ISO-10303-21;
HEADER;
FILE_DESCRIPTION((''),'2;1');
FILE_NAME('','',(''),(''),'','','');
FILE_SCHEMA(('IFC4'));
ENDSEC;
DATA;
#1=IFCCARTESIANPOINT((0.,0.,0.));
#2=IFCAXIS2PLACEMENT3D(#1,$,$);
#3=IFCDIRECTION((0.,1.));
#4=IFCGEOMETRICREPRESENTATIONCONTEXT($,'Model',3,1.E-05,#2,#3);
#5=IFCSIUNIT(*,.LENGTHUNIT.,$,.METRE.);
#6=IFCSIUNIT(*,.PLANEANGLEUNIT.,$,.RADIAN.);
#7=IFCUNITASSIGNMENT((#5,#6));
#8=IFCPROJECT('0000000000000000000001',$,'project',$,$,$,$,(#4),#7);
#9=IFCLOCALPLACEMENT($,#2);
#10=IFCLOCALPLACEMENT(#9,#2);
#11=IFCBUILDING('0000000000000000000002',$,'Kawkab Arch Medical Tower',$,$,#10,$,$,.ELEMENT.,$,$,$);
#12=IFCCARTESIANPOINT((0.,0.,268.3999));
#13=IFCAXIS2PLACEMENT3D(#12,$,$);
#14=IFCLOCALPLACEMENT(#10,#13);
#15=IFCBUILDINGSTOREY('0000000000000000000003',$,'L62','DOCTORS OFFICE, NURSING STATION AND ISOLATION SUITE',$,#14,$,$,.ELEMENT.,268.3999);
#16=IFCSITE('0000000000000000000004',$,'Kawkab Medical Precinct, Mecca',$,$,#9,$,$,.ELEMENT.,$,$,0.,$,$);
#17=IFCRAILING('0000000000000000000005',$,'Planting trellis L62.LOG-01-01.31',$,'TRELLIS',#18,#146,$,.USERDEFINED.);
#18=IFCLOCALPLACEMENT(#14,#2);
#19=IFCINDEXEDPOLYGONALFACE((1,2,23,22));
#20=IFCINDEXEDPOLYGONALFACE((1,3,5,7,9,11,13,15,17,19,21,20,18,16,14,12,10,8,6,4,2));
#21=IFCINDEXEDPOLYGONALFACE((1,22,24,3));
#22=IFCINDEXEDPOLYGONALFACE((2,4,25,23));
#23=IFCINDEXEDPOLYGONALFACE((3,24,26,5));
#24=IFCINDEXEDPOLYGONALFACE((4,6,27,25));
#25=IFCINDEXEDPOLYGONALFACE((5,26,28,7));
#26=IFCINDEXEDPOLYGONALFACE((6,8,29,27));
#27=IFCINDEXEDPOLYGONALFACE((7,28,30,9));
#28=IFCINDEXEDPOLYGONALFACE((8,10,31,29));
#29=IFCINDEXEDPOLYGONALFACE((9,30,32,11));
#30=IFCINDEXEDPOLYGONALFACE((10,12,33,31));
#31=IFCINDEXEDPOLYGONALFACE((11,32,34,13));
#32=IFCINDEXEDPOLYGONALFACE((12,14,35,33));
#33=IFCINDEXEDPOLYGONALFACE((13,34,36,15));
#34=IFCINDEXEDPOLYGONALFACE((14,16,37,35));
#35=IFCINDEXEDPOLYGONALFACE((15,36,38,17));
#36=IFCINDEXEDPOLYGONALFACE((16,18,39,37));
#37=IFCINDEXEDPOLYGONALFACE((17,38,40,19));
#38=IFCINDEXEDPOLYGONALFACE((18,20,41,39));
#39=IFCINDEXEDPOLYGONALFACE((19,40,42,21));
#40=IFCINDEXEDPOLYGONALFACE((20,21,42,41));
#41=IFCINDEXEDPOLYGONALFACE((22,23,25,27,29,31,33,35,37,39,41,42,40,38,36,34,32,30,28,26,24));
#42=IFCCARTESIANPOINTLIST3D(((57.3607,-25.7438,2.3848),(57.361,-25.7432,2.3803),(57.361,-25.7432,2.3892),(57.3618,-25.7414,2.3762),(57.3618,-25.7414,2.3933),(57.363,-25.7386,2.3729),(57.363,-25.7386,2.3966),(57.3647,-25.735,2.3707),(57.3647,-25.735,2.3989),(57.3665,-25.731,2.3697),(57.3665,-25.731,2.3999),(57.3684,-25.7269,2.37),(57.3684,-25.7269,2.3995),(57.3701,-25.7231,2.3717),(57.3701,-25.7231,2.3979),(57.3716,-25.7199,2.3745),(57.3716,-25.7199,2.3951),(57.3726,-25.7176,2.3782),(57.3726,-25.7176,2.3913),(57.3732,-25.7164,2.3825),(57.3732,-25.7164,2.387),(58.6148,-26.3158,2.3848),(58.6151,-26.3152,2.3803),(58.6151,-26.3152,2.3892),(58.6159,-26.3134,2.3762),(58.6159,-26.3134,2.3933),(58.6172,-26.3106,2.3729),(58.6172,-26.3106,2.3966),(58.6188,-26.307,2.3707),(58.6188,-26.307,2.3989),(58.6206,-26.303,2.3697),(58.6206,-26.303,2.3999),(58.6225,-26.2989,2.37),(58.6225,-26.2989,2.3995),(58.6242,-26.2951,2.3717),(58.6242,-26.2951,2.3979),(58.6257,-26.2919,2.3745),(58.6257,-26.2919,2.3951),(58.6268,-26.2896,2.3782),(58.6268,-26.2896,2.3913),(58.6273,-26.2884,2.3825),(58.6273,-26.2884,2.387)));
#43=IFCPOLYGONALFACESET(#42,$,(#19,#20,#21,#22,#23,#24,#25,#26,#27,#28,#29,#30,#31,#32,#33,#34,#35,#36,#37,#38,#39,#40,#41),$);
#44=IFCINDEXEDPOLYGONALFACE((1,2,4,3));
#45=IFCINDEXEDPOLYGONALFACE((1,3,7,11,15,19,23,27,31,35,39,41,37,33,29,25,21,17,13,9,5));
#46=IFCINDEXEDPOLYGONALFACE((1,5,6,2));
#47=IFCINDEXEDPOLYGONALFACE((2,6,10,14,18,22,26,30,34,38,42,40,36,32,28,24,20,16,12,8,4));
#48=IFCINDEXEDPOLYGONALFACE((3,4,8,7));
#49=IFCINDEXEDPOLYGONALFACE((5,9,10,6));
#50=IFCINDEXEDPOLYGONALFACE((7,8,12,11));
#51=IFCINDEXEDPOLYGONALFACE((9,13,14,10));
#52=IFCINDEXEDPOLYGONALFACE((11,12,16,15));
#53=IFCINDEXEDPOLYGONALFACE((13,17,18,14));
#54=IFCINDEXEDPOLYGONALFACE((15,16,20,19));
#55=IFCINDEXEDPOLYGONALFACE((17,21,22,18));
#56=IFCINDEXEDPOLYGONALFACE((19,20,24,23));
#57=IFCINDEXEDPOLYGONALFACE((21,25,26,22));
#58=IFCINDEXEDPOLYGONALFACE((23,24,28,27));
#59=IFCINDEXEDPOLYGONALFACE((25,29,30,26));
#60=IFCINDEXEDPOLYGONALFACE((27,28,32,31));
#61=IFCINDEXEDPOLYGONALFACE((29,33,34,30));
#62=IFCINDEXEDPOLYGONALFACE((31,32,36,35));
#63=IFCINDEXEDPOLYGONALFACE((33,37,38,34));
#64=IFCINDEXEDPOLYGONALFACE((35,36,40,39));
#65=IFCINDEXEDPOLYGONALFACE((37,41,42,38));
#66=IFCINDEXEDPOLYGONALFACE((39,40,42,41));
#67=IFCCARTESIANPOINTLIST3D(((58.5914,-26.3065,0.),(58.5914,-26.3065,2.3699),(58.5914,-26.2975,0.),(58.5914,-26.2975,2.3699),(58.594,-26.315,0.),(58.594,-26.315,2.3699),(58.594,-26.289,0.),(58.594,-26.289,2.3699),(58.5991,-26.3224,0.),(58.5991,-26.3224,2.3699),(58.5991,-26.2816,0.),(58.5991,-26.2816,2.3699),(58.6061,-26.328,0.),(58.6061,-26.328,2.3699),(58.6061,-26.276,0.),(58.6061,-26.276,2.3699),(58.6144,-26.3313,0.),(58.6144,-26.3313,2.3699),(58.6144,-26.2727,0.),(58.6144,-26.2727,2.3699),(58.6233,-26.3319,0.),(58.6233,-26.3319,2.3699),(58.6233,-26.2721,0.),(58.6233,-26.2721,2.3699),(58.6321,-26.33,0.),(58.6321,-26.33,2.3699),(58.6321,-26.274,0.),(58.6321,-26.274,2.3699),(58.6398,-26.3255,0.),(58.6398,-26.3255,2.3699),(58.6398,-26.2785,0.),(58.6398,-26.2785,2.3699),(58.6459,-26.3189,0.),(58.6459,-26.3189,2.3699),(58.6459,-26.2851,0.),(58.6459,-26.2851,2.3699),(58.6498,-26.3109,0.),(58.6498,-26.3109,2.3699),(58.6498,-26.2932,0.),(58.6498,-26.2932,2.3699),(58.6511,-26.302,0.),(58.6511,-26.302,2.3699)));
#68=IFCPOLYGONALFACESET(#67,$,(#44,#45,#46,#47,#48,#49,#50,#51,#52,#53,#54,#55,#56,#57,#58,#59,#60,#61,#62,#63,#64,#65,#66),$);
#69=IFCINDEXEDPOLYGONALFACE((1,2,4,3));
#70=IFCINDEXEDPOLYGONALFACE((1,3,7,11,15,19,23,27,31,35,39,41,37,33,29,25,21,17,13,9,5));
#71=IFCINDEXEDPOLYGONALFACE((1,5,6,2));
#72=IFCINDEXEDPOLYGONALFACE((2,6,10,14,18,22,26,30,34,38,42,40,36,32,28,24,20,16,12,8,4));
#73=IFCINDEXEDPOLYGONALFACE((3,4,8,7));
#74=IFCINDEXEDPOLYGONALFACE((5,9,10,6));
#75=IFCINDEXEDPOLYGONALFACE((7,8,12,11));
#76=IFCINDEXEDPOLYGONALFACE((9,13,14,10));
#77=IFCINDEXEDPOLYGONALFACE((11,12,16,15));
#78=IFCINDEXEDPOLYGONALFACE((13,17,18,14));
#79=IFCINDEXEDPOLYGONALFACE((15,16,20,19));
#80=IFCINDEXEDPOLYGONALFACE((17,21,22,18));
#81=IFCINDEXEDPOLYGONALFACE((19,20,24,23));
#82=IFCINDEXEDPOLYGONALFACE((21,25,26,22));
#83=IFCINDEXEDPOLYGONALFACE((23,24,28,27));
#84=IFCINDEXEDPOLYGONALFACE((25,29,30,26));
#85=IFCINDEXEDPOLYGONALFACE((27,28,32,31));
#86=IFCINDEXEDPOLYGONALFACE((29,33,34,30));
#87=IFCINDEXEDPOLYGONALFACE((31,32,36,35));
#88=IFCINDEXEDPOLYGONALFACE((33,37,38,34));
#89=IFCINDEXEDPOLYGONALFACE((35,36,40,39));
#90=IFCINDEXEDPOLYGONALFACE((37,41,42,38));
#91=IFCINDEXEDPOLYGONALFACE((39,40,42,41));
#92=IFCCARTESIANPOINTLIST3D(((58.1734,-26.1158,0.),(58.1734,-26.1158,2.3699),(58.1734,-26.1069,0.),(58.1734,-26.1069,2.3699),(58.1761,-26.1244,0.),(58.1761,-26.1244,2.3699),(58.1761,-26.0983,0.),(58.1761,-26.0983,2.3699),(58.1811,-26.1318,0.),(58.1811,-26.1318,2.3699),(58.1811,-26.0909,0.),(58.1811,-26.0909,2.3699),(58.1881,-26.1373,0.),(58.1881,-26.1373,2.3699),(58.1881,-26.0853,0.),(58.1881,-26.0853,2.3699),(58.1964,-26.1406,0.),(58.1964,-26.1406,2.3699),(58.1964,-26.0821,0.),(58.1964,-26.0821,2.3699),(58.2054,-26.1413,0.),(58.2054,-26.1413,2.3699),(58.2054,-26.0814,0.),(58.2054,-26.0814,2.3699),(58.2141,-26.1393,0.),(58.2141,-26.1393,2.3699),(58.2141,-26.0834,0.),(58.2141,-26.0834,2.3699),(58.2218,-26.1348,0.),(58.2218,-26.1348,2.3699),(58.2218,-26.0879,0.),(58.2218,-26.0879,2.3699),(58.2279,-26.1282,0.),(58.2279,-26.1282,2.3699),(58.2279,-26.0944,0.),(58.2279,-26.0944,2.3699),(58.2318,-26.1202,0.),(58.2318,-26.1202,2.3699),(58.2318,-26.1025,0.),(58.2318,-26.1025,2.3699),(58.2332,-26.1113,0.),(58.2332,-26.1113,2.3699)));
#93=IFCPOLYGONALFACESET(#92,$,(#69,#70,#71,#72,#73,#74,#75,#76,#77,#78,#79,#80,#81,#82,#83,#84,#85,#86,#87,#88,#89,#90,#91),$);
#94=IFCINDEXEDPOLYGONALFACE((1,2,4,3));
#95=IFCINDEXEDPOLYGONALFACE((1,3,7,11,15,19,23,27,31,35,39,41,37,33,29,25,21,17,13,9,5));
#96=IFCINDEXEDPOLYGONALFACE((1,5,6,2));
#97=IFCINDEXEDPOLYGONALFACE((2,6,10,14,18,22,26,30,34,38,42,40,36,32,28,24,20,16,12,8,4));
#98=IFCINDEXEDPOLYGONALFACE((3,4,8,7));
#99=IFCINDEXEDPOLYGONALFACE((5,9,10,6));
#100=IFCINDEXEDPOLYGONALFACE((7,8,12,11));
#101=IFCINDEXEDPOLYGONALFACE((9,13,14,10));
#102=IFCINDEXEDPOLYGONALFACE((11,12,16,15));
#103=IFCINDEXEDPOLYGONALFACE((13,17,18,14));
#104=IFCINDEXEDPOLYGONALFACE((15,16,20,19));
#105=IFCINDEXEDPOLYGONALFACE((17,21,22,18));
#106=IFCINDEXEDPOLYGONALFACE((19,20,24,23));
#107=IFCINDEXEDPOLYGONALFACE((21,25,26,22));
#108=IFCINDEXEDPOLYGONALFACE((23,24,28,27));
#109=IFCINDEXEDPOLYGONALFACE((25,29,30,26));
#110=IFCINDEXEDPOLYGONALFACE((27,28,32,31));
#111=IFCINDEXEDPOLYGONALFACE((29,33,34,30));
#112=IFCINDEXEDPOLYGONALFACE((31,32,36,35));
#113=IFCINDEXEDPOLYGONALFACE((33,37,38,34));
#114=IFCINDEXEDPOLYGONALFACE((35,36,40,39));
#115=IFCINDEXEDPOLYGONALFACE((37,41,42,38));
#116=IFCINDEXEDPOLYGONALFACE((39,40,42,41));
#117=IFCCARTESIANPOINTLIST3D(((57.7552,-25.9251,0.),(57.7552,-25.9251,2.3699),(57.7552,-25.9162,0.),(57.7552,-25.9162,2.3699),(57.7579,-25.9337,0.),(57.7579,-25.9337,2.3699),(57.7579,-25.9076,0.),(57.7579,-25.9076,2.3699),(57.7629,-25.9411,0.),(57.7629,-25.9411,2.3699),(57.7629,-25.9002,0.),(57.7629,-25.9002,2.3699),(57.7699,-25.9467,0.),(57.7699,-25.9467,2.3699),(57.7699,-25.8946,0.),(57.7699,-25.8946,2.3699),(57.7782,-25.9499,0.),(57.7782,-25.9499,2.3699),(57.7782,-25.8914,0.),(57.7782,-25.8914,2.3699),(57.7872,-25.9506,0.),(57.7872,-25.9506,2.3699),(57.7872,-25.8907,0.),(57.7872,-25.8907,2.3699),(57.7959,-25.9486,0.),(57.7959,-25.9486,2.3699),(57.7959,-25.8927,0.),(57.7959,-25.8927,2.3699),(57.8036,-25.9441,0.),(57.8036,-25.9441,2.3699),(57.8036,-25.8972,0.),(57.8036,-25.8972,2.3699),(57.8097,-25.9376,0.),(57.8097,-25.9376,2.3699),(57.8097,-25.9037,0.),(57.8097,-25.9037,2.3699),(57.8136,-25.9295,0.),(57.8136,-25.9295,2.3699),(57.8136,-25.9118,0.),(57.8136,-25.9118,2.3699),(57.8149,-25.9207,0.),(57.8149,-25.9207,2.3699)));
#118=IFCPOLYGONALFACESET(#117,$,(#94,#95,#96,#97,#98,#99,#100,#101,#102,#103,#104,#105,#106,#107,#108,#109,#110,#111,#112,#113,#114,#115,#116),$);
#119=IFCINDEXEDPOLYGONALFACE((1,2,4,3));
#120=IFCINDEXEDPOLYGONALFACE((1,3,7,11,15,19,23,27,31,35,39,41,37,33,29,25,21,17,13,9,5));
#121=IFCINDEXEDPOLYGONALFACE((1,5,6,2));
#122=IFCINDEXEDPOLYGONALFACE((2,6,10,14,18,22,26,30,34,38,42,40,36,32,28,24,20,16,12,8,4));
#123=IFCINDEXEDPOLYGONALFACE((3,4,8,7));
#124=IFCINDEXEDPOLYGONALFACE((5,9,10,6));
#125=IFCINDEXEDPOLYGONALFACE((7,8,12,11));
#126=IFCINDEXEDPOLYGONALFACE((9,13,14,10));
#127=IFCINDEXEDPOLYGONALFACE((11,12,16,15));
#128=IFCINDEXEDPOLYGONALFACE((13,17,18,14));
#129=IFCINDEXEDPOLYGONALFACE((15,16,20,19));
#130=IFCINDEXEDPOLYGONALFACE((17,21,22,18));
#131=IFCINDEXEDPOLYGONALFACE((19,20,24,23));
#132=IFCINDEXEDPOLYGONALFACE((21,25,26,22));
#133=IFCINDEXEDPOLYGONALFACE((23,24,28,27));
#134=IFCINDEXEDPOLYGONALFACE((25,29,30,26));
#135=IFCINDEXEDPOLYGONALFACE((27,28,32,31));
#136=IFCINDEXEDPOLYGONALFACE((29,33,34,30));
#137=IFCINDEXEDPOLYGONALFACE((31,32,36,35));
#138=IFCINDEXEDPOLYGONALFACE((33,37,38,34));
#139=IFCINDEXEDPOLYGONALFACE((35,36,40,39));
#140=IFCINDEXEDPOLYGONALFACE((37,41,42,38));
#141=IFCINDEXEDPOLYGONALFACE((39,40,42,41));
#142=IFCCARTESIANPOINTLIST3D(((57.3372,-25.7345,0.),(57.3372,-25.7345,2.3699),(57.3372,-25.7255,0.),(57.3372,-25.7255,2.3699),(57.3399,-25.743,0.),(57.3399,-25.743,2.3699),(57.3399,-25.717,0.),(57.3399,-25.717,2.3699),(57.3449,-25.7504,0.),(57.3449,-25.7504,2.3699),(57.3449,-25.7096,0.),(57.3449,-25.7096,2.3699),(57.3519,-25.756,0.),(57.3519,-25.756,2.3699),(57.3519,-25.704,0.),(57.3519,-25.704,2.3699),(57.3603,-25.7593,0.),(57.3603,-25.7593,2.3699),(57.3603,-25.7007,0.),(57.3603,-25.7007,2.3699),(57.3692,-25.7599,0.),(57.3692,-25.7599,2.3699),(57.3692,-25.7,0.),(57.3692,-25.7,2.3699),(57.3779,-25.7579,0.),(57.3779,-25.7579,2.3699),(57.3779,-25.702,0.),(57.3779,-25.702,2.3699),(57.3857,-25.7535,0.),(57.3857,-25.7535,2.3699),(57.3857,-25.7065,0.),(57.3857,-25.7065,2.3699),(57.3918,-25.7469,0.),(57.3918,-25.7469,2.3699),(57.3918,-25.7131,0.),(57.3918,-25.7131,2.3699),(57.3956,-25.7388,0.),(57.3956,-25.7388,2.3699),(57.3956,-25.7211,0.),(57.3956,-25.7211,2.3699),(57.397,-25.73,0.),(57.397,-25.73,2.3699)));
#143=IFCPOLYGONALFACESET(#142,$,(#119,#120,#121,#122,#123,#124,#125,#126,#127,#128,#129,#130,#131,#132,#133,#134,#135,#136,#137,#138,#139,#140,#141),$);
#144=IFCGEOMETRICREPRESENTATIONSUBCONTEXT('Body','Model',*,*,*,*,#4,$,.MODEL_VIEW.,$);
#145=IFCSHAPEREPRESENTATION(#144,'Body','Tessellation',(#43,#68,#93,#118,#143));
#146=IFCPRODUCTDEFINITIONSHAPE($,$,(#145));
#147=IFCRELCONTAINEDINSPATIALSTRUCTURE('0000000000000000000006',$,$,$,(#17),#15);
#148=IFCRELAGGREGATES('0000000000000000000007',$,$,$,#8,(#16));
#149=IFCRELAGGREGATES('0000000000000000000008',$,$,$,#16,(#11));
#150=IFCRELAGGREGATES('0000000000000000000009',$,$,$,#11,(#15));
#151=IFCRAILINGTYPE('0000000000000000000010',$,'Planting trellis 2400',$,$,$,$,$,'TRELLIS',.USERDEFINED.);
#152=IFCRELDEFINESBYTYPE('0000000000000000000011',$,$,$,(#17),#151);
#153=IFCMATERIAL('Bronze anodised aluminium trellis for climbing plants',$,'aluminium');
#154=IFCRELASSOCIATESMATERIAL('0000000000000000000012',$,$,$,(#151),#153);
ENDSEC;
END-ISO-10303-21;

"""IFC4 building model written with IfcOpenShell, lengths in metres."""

from ifc_helpers import new_model, si_unit, direction, frame, origin, origin_2d, place, context, subcontext, project, spatial, circle, extrude, material, type_object, element, save


model = new_model("IFC4")

# Units and contexts
model_context = context("Model", 3, precision=1e-05, world=origin(), true_north=direction((0.0, 1.0)))
body_context = subcontext(model_context, "Body", "Model", "MODEL_VIEW")
ifc_project = project(units=[si_unit("LENGTHUNIT", "METRE"), si_unit("PLANEANGLEUNIT", "RADIAN")], contexts=[model_context])

# Site, building, storey
site_placement = place(None, origin())
site = spatial("IfcSite", under=ifc_project, at=site_placement, Name="Kawkab Medical Precinct, Mecca", CompositionType="ELEMENT", RefElevation=0.0)
building_placement = place(site_placement, origin())
building = spatial("IfcBuilding", under=site, at=building_placement, Name="Kawkab Arch Medical Tower", CompositionType="ELEMENT")
storey_placement = place(building_placement, frame((0.0, 0.0, 268.3999)))
storey = spatial("IfcBuildingStorey", under=building, at=storey_placement, Name="L62", Description="DOCTORS OFFICE, NURSING STATION AND ISOLATION SUITE", CompositionType="ELEMENT", Elevation=268.3999)

# Railing
ifc_material_1 = material(Name="Bronze anodised aluminium trellis for climbing plants", Category="aluminium")
railing_type = type_object("IfcRailingType", Name="Planting trellis 2400", ElementType="TRELLIS", PredefinedType="USERDEFINED", material=ifc_material_1)
railing_1_placement = place(storey_placement, frame((58.6211, -26.302, 0.0)))
element("IfcRailing", 1, at=railing_1_placement, inside=storey, type_object=railing_type, Name="Planting trellis L62.LOG-01-01.31", ObjectType="TRELLIS", PredefinedType="USERDEFINED", context=body_context, shape_type="SweptSolid", body=[
    extrude(circle(Radius=0.0151, at=origin_2d()), frame((0.0, 0.0, 2.3848), z_axis=(-0.909832, 0.414977, 0.0), x_axis=(-0.414977, -0.909832, 0.0)), (0.0, 0.0, 1.0), 1.3784),
    extrude(circle(Radius=0.03, at=origin_2d()), origin(), (0.0, 0.0, 1.0), 2.3699),
    extrude(circle(Radius=0.03, at=origin_2d()), frame((-0.418, 0.1907, 0.0)), (0.0, 0.0, 1.0), 2.3699),
    extrude(circle(Radius=0.03, at=origin_2d()), frame((-0.8362, 0.3813, 0.0)), (0.0, 0.0, 1.0), 2.3699),
    extrude(circle(Radius=0.03, at=origin_2d()), frame((-1.2542, 0.572, 0.0)), (0.0, 0.0, 1.0), 2.3699),
])

save(model, "model.ifc")
